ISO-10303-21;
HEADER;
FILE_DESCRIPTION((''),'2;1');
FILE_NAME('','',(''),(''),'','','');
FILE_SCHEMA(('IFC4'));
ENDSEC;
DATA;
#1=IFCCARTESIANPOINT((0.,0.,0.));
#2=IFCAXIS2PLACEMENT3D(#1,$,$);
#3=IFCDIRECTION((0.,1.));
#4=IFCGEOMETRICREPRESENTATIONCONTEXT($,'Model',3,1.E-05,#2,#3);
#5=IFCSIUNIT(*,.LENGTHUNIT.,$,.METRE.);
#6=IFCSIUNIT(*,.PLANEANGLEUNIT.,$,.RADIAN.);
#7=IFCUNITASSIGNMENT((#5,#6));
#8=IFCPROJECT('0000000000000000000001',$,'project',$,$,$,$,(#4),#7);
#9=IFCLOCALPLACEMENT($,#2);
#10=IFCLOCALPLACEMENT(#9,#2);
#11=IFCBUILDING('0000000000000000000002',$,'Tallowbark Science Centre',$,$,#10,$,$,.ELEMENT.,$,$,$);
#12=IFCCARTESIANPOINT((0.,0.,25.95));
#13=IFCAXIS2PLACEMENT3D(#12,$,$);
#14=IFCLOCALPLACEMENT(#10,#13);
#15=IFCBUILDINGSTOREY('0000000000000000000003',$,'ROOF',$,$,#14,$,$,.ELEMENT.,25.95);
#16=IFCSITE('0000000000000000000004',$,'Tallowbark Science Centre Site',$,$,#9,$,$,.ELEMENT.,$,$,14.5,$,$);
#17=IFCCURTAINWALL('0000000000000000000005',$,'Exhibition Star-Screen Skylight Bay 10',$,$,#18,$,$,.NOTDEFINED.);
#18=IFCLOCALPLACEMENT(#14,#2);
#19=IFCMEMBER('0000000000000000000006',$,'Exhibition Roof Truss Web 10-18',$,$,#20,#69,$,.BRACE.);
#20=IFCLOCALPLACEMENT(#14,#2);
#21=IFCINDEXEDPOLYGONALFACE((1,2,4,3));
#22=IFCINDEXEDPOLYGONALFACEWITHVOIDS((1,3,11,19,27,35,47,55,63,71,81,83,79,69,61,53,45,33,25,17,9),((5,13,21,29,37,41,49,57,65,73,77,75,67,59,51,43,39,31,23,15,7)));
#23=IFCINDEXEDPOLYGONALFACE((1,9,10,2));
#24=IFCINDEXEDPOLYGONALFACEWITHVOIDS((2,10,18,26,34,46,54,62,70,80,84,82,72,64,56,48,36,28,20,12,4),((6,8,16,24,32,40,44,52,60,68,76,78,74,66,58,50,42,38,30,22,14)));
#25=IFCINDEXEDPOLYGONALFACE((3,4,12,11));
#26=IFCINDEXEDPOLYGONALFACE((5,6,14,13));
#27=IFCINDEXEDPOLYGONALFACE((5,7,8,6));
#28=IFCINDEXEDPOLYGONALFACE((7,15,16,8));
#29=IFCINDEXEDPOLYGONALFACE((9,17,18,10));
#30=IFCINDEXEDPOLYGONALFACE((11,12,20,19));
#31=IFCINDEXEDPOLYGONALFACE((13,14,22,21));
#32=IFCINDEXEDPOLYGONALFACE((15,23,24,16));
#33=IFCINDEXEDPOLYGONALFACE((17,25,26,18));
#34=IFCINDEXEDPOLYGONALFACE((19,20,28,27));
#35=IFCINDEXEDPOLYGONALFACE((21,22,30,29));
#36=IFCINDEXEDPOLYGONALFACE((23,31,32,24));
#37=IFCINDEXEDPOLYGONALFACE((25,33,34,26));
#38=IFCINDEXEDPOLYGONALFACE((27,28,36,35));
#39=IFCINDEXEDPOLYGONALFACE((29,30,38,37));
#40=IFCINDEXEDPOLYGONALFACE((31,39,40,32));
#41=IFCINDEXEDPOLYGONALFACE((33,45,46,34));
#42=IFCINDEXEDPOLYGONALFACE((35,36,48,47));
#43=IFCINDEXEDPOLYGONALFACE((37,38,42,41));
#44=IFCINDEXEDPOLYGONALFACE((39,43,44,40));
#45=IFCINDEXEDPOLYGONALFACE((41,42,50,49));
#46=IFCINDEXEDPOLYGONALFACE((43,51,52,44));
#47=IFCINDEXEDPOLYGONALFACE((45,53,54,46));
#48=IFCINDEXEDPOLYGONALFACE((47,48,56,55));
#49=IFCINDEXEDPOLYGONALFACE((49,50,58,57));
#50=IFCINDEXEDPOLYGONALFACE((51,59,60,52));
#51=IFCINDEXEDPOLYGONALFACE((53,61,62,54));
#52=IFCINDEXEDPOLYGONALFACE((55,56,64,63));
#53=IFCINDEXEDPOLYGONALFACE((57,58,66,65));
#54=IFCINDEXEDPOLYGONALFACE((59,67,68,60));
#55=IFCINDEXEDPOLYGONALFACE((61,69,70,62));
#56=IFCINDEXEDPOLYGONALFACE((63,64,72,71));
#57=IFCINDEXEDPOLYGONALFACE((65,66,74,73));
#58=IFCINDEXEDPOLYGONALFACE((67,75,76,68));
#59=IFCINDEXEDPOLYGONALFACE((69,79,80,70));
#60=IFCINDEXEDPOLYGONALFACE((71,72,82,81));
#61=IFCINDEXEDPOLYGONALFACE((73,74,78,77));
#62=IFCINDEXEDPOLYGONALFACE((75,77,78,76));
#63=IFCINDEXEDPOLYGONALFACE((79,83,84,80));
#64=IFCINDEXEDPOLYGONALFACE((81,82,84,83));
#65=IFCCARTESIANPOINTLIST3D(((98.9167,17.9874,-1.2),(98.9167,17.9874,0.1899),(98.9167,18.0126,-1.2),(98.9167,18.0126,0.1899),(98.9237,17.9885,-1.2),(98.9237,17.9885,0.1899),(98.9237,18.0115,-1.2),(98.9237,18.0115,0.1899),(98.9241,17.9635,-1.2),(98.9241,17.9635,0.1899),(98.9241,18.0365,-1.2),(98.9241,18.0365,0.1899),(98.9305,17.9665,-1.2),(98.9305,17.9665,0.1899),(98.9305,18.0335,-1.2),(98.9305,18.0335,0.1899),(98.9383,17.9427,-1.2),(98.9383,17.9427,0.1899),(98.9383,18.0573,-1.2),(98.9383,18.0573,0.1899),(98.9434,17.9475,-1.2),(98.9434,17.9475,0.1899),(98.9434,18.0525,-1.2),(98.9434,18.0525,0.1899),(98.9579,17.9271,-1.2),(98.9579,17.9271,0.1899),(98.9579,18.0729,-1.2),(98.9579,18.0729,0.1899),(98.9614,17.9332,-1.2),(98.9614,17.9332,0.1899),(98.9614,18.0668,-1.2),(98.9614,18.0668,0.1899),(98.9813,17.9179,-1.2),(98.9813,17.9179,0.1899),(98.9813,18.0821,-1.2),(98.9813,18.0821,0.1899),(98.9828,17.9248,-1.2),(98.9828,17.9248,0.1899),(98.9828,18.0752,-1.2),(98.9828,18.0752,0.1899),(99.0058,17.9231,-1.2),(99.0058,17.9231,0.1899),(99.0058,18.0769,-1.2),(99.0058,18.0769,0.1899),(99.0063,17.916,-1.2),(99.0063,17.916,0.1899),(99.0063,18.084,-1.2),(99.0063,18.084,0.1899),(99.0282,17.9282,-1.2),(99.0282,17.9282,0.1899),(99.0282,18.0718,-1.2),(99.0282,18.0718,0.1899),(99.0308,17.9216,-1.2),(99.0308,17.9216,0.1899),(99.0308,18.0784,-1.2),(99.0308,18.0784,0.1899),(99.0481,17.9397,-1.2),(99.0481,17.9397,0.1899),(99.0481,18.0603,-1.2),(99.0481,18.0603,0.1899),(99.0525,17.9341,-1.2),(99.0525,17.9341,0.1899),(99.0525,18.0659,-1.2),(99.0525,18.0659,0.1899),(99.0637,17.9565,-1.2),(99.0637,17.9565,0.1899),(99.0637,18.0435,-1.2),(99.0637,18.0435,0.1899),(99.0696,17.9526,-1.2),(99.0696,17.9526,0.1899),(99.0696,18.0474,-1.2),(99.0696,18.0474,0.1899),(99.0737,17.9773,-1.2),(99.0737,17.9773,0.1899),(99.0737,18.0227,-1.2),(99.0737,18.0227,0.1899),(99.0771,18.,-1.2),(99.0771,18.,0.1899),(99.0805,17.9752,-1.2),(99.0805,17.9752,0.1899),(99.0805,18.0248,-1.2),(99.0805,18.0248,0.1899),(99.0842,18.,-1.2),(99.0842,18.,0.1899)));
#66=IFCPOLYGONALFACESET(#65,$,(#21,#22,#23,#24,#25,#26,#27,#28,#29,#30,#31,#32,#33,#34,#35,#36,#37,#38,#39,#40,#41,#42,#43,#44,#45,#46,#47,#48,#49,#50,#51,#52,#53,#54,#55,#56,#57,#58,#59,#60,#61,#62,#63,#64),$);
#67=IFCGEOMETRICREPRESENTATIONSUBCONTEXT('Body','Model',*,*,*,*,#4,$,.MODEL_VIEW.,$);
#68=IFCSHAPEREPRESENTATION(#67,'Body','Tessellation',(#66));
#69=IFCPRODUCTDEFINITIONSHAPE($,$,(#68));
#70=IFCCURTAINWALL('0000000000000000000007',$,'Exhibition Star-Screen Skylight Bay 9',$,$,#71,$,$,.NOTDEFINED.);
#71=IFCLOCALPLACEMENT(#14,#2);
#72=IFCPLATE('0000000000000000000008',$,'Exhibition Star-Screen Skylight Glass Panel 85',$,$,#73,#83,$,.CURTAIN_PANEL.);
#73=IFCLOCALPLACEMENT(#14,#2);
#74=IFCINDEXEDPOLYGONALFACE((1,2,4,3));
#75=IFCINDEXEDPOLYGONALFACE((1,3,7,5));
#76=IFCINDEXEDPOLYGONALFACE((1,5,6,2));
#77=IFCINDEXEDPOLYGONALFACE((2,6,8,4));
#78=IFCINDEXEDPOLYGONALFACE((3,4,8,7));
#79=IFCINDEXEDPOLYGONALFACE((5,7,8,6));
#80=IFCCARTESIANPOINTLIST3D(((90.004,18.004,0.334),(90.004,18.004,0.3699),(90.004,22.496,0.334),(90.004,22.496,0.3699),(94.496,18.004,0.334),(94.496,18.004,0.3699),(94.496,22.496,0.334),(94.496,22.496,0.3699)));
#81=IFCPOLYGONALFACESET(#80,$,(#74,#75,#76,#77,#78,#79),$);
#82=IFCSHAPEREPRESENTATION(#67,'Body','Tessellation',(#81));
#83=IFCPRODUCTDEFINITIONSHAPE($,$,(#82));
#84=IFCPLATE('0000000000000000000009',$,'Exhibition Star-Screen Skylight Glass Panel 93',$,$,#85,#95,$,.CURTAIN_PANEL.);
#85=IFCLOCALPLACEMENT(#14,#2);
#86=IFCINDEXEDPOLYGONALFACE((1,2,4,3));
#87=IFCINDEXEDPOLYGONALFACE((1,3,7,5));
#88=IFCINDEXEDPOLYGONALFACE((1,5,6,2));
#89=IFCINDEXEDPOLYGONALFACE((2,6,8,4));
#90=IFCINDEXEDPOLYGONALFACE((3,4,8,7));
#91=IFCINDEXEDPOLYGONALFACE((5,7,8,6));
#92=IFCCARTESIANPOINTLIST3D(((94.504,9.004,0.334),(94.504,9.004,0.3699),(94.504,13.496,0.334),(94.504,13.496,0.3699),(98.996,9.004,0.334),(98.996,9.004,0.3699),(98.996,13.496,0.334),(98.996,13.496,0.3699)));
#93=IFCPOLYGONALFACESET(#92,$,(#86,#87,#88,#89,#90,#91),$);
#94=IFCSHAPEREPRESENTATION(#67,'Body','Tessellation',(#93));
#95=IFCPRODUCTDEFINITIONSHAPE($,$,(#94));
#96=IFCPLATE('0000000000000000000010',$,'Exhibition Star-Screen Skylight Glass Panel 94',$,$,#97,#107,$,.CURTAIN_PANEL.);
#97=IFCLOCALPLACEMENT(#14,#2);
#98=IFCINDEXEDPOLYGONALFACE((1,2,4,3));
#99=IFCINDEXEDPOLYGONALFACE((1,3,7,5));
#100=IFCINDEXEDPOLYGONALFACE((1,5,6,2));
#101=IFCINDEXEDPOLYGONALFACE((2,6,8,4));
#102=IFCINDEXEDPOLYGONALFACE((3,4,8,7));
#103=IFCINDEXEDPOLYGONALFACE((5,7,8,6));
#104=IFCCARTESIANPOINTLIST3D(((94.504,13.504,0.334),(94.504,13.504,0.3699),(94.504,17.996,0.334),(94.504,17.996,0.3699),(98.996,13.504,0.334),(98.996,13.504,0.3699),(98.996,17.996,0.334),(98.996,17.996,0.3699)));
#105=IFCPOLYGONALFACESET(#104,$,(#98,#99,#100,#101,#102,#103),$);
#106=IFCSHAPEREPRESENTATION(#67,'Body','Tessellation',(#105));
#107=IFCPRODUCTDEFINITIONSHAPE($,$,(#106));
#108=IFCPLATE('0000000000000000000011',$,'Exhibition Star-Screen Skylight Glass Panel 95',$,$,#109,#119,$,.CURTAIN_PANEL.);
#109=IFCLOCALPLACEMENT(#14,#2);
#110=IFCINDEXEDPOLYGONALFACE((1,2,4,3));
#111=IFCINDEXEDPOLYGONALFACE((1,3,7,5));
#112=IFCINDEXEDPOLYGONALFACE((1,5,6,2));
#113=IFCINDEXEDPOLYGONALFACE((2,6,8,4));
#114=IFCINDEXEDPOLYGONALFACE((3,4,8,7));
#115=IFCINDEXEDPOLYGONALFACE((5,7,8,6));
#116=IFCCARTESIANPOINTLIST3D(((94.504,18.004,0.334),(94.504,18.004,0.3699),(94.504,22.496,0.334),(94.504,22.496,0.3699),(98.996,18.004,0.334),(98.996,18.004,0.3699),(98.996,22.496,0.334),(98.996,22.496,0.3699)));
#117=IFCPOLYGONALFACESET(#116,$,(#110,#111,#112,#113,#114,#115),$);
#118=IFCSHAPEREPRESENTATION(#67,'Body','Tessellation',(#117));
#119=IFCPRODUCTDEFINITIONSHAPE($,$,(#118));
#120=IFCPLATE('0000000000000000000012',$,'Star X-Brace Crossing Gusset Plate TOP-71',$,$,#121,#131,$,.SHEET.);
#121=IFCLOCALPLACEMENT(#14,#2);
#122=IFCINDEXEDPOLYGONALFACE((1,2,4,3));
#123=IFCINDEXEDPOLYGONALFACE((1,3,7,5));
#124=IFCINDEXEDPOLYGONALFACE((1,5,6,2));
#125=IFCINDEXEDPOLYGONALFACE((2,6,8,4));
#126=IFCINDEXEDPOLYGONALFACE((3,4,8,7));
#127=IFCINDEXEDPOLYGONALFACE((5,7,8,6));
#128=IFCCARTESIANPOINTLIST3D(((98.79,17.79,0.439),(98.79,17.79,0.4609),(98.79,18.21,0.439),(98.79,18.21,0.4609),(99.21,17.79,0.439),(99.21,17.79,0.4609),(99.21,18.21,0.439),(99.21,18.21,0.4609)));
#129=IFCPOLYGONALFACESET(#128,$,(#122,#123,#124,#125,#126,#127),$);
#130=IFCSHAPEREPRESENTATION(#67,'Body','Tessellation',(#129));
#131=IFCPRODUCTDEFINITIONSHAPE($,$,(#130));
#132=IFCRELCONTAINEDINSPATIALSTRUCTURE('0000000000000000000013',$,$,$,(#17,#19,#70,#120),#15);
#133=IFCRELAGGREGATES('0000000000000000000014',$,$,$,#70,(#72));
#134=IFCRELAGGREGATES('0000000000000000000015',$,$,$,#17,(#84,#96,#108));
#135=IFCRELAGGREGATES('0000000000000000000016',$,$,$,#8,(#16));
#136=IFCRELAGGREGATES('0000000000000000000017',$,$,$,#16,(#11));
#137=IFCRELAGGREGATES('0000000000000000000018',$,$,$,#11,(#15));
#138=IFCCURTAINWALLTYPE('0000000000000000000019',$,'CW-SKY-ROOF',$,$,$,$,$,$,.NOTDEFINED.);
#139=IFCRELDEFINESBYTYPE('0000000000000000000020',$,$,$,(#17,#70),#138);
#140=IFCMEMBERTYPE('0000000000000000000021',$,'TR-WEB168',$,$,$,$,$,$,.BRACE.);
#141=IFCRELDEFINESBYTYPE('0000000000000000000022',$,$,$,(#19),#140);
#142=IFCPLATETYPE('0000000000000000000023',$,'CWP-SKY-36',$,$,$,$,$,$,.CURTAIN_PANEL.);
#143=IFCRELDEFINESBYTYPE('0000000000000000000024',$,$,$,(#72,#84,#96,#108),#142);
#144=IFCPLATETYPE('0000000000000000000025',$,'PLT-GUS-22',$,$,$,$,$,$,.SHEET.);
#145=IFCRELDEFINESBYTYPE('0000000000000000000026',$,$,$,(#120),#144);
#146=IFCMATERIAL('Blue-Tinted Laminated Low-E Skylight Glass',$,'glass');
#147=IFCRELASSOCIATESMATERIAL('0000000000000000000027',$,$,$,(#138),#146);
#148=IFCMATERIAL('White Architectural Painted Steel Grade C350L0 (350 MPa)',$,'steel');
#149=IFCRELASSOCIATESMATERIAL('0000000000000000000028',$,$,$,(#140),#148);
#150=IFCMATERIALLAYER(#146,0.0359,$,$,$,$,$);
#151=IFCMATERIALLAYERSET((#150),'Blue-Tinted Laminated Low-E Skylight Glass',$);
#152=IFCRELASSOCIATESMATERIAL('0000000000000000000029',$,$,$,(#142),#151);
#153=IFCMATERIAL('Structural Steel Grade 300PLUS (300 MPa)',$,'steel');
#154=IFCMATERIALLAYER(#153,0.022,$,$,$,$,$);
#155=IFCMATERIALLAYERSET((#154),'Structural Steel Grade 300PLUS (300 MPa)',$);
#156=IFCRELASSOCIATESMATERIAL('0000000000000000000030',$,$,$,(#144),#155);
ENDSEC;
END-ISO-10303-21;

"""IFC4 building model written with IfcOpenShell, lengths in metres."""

from ifc_helpers import new_model, si_unit, direction, frame, origin, origin_2d, place, context, subcontext, project, spatial, rectangle, hollow_circle, extrude, material, layer, layer_set, material_profile, profile_set, type_object, element, aggregate, save


model = new_model("IFC4")

# Units and contexts
model_context = context("Model", 3, precision=1e-05, world=origin(), true_north=direction((0.0, 1.0)))
body_context = subcontext(model_context, "Body", "Model", "MODEL_VIEW")
ifc_project = project(units=[si_unit("LENGTHUNIT", "METRE"), si_unit("PLANEANGLEUNIT", "RADIAN")], contexts=[model_context])

# Site, building, storey
site_placement = place(None, origin())
site = spatial("IfcSite", under=ifc_project, at=site_placement, Name="Tallowbark Science Centre Site", CompositionType="ELEMENT", RefElevation=14.5)
building_placement = place(site_placement, origin())
building = spatial("IfcBuilding", under=site, at=building_placement, Name="Tallowbark Science Centre", CompositionType="ELEMENT")
storey_placement = place(building_placement, frame((0.0, 0.0, 25.95)))
storey = spatial("IfcBuildingStorey", under=building, at=storey_placement, Name="ROOF", CompositionType="ELEMENT", Elevation=25.95)

# Curtain wall
ifc_material_1 = material(Name="Blue-Tinted Laminated Low-E Skylight Glass", Category="glass")
curtain_wall_type = type_object("IfcCurtainWallType", Name="CW-SKY-ROOF", PredefinedType="NOTDEFINED", material=ifc_material_1)
curtain_wall_1_placement = place(storey_placement, origin())
curtain_wall_1 = element("IfcCurtainWall", 1, at=curtain_wall_1_placement, inside=storey, type_object=curtain_wall_type, Name="Exhibition Star-Screen Skylight Bay 10", PredefinedType="NOTDEFINED")

# Member
ifc_material_2 = material(Name="White Architectural Painted Steel Grade C350L0 (350 MPa)", Category="steel")
ifc_material_profile_1 = material_profile(ifc_material_2, hollow_circle(Radius=0.0842, WallThickness=0.0071, at=origin_2d()), Name="168.3x7.1CHS")
ifc_profile_set_1 = profile_set([ifc_material_profile_1], Name="White Architectural Painted Steel Grade C350L0 (350 MPa)")
member_type_1 = type_object("IfcMemberType", Name="TR-WEB168", PredefinedType="BRACE", material=ifc_profile_set_1)
for number, where, z_axis, x_axis, name in (
    (2, (99.0, 18.0, -1.2), (0.0, 0.0, 1.0), (1.0, 0.0, 0.0), "Exhibition Roof Truss Web 10-18"),
):
    element("IfcMember", number, at=place(storey_placement, frame(where, z_axis=z_axis, x_axis=x_axis)), inside=storey, type_object=member_type_1, Name=name, PredefinedType="BRACE", context=body_context, shape_type="SweptSolid", body=[
        extrude(hollow_circle(Radius=0.0842, WallThickness=0.0071, at=origin_2d()), origin(), (0.0, 0.0, 1.0), 1.3899),
    ])

# Curtain wall, plate
curtain_wall_2_placement = place(storey_placement, origin())
curtain_wall_2 = element("IfcCurtainWall", 3, at=curtain_wall_2_placement, inside=storey, type_object=curtain_wall_type, Name="Exhibition Star-Screen Skylight Bay 9", PredefinedType="NOTDEFINED")
ifc_layer_1 = layer(ifc_material_1, 0.0359)
ifc_layer_set_1 = layer_set([ifc_layer_1], Name="Blue-Tinted Laminated Low-E Skylight Glass")
plate_type_1 = type_object("IfcPlateType", Name="CWP-SKY-36", PredefinedType="CURTAIN_PANEL", material=ifc_layer_set_1)
plate_1_placement = place(storey_placement, frame((92.25, 20.25, 0.334), z_axis=(0.0, 0.0, 1.0), x_axis=(1.0, 0.0, 0.0)))
plate_1 = element("IfcPlate", 4, at=plate_1_placement, type_object=plate_type_1, Name="Exhibition Star-Screen Skylight Glass Panel 85", PredefinedType="CURTAIN_PANEL", context=body_context, shape_type="SweptSolid", body=[
    extrude(rectangle(XDim=4.4919, YDim=4.4919, at=origin_2d()), origin(), (0.0, 0.0, 1.0), 0.0359),
])
aggregate(curtain_wall_2, [plate_1])

# Plates
plate_2_placement = place(storey_placement, frame((96.75, 11.25, 0.334), z_axis=(0.0, 0.0, 1.0), x_axis=(1.0, 0.0, 0.0)))
plate_2 = element("IfcPlate", 5, at=plate_2_placement, type_object=plate_type_1, Name="Exhibition Star-Screen Skylight Glass Panel 93", PredefinedType="CURTAIN_PANEL", context=body_context, shape_type="SweptSolid", body=[
    extrude(rectangle(XDim=4.4919, YDim=4.4919, at=origin_2d()), origin(), (0.0, 0.0, 1.0), 0.0359),
])
plate_3_placement = place(storey_placement, frame((96.75, 15.75, 0.334), z_axis=(0.0, 0.0, 1.0), x_axis=(1.0, 0.0, 0.0)))
plate_3 = element("IfcPlate", 6, at=plate_3_placement, type_object=plate_type_1, Name="Exhibition Star-Screen Skylight Glass Panel 94", PredefinedType="CURTAIN_PANEL", context=body_context, shape_type="SweptSolid", body=[
    extrude(rectangle(XDim=4.4919, YDim=4.4919, at=origin_2d()), origin(), (0.0, 0.0, 1.0), 0.0359),
])
plate_4_placement = place(storey_placement, frame((96.75, 20.25, 0.334), z_axis=(0.0, 0.0, 1.0), x_axis=(1.0, 0.0, 0.0)))
plate_4 = element("IfcPlate", 7, at=plate_4_placement, type_object=plate_type_1, Name="Exhibition Star-Screen Skylight Glass Panel 95", PredefinedType="CURTAIN_PANEL", context=body_context, shape_type="SweptSolid", body=[
    extrude(rectangle(XDim=4.4919, YDim=4.4919, at=origin_2d()), origin(), (0.0, 0.0, 1.0), 0.0359),
])
aggregate(curtain_wall_1, [plate_2, plate_3, plate_4])
ifc_material_3 = material(Name="Structural Steel Grade 300PLUS (300 MPa)", Category="steel")
ifc_layer_2 = layer(ifc_material_3, 0.022)
ifc_layer_set_2 = layer_set([ifc_layer_2], Name="Structural Steel Grade 300PLUS (300 MPa)")
plate_type_2 = type_object("IfcPlateType", Name="PLT-GUS-22", PredefinedType="SHEET", material=ifc_layer_set_2)
plate_5_placement = place(storey_placement, frame((99.0, 18.0, 0.439), z_axis=(0.0, 0.0, 1.0), x_axis=(1.0, 0.0, 0.0)))
element("IfcPlate", 8, at=plate_5_placement, inside=storey, type_object=plate_type_2, Name="Star X-Brace Crossing Gusset Plate TOP-71", PredefinedType="SHEET", context=body_context, shape_type="SweptSolid", body=[
    extrude(rectangle(XDim=0.4199, YDim=0.4199, at=origin_2d()), origin(), (0.0, 0.0, 1.0), 0.022),
])

save(model, "model.ifc")
